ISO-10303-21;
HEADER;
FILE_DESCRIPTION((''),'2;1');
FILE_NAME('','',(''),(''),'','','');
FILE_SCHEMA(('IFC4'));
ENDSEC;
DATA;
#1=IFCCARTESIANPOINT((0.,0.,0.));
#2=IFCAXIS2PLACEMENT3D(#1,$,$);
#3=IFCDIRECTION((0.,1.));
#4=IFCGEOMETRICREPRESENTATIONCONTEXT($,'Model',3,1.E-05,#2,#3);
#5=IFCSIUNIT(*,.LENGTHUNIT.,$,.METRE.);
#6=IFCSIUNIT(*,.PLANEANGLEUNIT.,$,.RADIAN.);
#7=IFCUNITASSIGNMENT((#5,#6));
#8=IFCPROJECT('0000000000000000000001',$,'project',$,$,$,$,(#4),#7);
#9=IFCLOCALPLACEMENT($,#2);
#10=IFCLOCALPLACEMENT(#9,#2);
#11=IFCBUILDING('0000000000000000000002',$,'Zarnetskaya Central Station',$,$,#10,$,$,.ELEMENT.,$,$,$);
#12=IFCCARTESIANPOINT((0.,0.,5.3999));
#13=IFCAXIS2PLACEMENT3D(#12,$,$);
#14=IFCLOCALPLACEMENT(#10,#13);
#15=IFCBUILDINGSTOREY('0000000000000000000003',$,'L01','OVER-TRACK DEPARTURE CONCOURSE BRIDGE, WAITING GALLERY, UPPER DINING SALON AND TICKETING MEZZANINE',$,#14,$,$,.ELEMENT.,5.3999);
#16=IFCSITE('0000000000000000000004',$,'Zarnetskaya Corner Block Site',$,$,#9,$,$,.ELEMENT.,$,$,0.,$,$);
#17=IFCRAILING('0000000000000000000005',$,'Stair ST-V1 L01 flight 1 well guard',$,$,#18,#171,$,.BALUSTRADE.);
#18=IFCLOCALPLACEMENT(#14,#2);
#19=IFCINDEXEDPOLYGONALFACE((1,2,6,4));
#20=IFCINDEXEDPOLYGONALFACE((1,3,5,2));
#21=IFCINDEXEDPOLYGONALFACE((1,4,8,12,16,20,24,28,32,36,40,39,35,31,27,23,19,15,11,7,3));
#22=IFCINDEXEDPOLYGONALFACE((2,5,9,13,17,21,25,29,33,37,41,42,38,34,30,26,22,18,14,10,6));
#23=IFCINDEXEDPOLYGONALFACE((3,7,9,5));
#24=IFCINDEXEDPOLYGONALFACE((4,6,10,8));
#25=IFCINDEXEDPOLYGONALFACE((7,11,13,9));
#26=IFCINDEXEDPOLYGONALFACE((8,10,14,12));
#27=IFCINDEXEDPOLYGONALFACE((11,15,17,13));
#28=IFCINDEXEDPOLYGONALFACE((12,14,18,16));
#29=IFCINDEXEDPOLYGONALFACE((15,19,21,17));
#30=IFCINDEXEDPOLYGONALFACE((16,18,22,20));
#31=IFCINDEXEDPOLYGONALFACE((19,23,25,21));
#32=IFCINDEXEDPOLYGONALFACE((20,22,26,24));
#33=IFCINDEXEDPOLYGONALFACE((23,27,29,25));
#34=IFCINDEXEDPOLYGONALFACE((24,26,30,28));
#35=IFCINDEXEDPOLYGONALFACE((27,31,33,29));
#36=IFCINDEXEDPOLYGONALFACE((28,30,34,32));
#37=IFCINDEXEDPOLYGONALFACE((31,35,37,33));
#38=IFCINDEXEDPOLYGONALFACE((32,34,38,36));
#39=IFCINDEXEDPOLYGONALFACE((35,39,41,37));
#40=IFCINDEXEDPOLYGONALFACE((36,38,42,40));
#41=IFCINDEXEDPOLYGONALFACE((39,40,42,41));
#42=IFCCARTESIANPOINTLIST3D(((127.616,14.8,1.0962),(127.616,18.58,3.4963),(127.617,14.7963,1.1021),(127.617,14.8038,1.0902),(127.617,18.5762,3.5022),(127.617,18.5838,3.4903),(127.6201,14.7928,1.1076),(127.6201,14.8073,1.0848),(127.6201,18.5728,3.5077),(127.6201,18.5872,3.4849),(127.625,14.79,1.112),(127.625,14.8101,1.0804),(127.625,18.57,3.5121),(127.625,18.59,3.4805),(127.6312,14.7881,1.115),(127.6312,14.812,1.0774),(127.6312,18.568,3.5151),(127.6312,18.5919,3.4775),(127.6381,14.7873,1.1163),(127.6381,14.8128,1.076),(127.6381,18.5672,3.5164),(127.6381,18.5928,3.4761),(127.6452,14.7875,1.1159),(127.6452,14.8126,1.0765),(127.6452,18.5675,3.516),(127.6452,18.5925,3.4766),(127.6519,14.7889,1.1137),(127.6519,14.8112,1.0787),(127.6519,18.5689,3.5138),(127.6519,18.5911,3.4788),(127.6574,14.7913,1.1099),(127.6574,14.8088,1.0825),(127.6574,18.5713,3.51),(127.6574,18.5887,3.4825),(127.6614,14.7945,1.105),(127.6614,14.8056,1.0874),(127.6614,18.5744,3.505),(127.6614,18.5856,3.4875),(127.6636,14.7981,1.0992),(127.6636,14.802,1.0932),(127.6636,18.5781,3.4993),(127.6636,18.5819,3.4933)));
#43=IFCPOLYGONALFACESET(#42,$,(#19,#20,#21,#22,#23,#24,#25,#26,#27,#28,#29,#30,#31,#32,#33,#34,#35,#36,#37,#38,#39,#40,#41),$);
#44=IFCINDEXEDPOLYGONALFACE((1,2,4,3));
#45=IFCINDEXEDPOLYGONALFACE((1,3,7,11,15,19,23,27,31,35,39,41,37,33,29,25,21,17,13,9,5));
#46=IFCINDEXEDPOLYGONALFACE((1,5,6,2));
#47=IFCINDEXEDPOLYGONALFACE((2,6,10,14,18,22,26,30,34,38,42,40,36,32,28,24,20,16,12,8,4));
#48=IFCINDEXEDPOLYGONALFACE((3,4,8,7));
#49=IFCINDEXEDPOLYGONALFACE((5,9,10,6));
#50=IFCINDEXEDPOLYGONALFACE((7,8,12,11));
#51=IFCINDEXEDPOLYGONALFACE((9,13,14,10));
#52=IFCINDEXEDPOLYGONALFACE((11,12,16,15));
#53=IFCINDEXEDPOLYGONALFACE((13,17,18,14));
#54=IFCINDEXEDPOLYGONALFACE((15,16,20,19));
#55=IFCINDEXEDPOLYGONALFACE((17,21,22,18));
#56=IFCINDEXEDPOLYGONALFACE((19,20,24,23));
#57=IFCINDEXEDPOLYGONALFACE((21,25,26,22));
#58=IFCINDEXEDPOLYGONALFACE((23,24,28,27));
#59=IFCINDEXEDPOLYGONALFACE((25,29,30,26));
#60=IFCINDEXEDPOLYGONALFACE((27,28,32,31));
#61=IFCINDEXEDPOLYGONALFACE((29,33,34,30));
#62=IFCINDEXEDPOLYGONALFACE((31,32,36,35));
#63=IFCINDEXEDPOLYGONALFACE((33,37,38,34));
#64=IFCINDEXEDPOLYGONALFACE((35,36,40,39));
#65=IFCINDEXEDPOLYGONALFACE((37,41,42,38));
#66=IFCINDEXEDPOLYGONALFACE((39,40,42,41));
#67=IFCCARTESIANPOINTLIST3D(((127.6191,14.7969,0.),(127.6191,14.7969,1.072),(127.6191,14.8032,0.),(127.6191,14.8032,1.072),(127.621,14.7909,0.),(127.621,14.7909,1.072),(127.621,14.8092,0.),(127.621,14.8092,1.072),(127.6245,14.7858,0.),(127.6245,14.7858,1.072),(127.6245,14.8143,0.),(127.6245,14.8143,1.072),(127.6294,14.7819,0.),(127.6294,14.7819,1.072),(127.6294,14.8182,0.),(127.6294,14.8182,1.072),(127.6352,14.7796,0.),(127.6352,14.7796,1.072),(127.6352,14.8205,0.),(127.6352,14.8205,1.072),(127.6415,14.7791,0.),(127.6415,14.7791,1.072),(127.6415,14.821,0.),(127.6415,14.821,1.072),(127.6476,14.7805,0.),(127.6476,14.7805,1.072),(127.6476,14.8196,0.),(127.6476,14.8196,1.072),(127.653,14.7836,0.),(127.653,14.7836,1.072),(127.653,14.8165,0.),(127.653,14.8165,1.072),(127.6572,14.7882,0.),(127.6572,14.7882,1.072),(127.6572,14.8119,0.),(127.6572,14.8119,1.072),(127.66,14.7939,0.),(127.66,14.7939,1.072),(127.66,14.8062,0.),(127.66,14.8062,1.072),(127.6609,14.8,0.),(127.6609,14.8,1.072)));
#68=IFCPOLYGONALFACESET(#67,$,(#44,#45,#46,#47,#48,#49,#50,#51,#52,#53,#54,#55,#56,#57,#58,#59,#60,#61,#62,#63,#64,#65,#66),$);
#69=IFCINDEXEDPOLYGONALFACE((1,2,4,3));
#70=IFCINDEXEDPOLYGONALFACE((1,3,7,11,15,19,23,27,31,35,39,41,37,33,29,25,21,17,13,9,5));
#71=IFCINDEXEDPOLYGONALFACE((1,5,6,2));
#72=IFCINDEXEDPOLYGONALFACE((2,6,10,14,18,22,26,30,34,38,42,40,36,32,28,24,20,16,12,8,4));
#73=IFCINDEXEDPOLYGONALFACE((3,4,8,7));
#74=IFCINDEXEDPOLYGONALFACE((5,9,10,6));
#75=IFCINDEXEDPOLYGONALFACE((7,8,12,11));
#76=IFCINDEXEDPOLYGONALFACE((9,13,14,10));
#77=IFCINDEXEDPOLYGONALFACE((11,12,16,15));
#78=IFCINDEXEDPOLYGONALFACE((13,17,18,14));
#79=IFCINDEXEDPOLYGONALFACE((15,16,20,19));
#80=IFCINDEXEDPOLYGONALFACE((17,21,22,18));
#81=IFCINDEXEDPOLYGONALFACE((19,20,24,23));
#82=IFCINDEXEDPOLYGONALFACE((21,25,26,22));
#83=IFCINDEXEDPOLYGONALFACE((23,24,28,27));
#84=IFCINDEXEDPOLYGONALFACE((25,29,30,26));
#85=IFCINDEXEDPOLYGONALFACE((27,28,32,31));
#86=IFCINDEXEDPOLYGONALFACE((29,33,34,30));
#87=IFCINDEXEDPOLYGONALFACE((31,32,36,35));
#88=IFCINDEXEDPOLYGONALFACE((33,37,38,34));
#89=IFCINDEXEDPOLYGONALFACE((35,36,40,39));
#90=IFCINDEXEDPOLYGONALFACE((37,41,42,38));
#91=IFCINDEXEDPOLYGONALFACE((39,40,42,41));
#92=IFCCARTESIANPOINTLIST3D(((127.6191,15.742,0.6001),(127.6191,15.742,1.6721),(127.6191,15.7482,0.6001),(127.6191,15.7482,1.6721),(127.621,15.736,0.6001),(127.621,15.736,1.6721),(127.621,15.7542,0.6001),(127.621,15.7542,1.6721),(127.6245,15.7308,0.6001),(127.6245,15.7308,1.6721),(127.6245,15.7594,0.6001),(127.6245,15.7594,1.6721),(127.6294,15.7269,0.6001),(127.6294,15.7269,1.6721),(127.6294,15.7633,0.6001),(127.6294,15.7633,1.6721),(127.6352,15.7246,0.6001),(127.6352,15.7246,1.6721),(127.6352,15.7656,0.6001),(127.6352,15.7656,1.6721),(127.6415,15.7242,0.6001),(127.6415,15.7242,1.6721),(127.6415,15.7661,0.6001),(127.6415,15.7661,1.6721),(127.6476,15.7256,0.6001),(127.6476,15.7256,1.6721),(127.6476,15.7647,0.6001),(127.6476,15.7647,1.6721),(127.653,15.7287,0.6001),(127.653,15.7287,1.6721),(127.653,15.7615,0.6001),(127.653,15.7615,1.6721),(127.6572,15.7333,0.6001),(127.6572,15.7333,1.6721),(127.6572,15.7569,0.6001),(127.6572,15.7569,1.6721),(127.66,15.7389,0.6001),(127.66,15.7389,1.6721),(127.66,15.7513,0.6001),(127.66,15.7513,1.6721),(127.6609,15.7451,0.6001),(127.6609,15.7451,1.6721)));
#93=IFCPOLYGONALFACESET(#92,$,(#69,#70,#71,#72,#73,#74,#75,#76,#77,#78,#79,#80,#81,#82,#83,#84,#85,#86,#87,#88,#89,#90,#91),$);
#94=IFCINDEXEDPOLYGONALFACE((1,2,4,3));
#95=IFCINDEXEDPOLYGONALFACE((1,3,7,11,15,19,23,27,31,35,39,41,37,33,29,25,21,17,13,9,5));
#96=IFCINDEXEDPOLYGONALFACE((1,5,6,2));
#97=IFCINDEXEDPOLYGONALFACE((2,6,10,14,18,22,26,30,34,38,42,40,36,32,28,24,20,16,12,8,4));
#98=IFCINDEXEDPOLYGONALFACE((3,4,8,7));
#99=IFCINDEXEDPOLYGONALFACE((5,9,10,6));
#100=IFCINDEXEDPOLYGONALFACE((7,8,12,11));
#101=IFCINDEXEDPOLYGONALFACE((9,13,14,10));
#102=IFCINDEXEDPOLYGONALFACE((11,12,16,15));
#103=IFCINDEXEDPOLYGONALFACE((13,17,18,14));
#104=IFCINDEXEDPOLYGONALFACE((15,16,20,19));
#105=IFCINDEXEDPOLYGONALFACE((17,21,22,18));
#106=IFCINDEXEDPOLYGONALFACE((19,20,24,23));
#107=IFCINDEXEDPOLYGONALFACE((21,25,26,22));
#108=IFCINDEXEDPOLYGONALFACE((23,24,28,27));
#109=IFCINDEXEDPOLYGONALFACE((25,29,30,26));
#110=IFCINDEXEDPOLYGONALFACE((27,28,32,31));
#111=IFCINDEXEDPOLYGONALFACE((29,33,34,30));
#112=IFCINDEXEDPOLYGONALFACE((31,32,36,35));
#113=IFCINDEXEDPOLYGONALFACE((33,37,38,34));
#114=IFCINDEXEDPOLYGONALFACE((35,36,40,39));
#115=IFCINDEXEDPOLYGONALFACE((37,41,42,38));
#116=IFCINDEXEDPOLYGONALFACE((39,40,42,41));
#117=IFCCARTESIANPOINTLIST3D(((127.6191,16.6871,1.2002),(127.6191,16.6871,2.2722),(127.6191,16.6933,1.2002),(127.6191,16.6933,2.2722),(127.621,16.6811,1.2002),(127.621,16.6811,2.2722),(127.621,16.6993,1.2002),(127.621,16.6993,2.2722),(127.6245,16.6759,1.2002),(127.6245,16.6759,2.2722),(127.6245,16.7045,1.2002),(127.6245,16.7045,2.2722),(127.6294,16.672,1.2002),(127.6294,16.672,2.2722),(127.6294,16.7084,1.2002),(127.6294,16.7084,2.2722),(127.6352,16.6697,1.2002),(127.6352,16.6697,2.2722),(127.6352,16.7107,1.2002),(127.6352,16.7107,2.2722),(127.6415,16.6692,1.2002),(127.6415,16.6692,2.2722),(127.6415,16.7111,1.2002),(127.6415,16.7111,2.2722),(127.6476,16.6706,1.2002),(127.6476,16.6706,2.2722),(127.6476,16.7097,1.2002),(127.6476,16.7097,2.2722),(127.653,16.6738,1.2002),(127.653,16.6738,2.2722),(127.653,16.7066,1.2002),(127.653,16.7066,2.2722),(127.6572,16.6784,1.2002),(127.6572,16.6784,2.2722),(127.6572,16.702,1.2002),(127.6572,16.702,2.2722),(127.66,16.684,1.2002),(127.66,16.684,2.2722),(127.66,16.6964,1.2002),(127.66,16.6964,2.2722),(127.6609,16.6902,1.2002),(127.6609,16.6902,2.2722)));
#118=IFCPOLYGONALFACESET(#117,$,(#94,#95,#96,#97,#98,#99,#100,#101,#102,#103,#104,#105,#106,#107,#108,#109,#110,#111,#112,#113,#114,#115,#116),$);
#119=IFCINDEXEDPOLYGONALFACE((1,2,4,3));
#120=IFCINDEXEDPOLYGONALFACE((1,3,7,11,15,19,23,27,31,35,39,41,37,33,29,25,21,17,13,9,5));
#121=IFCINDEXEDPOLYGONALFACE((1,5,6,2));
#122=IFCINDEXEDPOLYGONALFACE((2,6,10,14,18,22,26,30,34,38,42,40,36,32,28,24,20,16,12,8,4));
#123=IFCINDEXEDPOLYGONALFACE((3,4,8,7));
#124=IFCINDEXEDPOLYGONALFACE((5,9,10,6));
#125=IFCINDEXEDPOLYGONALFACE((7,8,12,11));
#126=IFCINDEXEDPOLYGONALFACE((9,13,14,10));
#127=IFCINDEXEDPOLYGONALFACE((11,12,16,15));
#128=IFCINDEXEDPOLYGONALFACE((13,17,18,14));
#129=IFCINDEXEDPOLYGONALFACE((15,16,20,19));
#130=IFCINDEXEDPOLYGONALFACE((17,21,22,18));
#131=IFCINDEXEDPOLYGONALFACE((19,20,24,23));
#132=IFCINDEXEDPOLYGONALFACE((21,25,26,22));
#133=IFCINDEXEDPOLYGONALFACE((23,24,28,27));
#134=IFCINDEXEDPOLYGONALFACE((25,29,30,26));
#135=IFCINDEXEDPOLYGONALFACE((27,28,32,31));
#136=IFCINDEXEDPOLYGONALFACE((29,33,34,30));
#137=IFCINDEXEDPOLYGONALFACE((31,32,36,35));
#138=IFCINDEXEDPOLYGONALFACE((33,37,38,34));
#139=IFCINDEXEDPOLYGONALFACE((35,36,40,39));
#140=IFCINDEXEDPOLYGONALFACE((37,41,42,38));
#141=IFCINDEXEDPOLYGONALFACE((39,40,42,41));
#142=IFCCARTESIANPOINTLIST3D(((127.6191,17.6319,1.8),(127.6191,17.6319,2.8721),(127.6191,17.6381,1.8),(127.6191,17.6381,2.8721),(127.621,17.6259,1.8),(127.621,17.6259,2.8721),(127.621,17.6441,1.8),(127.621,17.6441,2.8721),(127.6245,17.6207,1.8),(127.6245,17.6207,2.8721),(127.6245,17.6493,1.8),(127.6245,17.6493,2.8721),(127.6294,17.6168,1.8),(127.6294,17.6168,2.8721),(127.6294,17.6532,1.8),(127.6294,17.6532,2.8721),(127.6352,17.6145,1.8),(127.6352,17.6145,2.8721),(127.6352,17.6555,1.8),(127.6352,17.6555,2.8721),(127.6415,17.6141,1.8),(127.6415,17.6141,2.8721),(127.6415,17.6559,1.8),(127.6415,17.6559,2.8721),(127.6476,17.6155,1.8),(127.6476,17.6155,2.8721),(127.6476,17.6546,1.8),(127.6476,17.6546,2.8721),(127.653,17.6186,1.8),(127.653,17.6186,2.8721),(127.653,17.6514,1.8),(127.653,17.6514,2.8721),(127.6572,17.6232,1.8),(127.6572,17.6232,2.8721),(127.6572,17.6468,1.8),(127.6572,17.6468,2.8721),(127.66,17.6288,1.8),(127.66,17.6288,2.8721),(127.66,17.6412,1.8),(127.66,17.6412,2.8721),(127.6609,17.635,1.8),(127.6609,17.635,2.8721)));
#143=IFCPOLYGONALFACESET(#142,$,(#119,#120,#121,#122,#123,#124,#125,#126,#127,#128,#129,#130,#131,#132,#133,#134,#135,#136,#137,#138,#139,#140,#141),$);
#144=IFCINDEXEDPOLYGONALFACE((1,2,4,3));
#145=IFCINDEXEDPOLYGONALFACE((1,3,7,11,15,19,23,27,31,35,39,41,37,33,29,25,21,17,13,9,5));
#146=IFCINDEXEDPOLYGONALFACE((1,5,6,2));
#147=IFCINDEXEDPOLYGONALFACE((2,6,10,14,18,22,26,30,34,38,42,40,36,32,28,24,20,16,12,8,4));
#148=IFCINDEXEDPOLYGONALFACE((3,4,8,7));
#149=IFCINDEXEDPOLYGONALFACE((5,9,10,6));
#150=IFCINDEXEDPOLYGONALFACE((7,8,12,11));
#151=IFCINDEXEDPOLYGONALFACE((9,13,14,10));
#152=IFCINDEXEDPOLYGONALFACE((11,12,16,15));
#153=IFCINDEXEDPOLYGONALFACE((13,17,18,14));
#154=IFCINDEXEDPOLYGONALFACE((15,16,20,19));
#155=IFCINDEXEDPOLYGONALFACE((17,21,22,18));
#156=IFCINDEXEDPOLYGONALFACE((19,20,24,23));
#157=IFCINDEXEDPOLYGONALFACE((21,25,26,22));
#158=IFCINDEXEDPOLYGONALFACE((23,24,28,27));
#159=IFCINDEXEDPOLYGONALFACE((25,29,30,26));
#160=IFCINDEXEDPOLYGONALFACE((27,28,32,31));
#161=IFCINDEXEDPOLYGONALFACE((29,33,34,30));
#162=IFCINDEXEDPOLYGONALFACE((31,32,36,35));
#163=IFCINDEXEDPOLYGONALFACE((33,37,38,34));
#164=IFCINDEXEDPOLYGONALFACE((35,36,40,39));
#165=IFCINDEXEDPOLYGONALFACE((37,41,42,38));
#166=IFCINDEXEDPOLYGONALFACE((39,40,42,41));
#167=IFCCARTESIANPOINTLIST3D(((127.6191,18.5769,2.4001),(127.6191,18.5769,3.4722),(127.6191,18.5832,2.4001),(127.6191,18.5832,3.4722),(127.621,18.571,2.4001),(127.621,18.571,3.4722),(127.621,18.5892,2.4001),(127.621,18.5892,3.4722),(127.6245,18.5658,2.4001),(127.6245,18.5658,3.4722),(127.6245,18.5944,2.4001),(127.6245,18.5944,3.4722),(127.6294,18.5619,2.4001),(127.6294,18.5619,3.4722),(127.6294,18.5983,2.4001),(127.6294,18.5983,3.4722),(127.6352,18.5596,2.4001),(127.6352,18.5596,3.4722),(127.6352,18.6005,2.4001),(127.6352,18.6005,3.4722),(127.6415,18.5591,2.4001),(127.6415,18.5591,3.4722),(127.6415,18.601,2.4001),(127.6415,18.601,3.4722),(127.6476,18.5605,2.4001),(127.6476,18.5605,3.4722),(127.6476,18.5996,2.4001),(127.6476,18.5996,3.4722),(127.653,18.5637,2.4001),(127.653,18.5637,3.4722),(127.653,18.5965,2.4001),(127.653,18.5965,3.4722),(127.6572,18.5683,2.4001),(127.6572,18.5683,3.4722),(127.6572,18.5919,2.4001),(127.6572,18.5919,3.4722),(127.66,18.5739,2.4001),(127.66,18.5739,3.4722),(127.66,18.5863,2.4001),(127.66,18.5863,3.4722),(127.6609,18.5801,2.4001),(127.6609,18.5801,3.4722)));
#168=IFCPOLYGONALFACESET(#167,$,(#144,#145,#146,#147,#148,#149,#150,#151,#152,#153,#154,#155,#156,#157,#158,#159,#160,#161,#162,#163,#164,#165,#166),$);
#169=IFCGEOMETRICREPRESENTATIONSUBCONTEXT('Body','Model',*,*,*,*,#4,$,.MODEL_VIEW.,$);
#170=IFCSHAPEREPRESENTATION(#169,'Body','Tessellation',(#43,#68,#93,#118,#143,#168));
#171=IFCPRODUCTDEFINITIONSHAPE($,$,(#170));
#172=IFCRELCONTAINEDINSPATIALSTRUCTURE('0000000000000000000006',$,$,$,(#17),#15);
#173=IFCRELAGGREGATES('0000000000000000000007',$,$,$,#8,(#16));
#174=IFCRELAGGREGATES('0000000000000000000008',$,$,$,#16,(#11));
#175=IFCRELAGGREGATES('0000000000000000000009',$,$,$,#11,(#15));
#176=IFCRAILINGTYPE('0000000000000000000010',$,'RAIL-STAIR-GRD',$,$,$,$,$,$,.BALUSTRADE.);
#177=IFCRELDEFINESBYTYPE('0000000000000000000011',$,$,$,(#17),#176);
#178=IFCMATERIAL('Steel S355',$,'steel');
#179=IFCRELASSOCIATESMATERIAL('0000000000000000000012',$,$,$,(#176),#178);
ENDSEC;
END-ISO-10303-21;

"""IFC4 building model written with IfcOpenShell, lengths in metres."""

from ifc_helpers import new_model, si_unit, direction, frame, origin, origin_2d, place, context, subcontext, project, spatial, circle, extrude, material, type_object, element, save


model = new_model("IFC4")

# Units and contexts
model_context = context("Model", 3, precision=1e-05, world=origin(), true_north=direction((0.0, 1.0)))
body_context = subcontext(model_context, "Body", "Model", "MODEL_VIEW")
ifc_project = project(units=[si_unit("LENGTHUNIT", "METRE"), si_unit("PLANEANGLEUNIT", "RADIAN")], contexts=[model_context])

# Site, building, storey
site_placement = place(None, origin())
site = spatial("IfcSite", under=ifc_project, at=site_placement, Name="Zarnetskaya Corner Block Site", CompositionType="ELEMENT", RefElevation=0.0)
building_placement = place(site_placement, origin())
building = spatial("IfcBuilding", under=site, at=building_placement, Name="Zarnetskaya Central Station", CompositionType="ELEMENT")
storey_placement = place(building_placement, frame((0.0, 0.0, 5.3999)))
storey = spatial("IfcBuildingStorey", under=building, at=storey_placement, Name="L01", Description="OVER-TRACK DEPARTURE CONCOURSE BRIDGE, WAITING GALLERY, UPPER DINING SALON AND TICKETING MEZZANINE", CompositionType="ELEMENT", Elevation=5.3999)

# Railing
ifc_material_1 = material(Name="Steel S355", Category="steel")
railing_type_1 = type_object("IfcRailingType", Name="RAIL-STAIR-GRD", PredefinedType="BALUSTRADE", material=ifc_material_1)
railing_1_placement = place(storey_placement, frame((127.6399, 14.8, 0.0)))
element("IfcRailing", 1, at=railing_1_placement, inside=storey, type_object=railing_type_1, Name="Stair ST-V1 L01 flight 1 well guard", PredefinedType="BALUSTRADE", context=body_context, shape_type="SweptSolid", body=[
    extrude(circle(Radius=0.0239, at=origin_2d()), frame((0.0, 0.0, 1.0962), z_axis=(0.0, 0.8442, 0.536028), x_axis=(-1.0, 0.0, 0.0)), (0.0, 0.0, 1.0), 4.4775),
    extrude(circle(Radius=0.021, at=origin_2d()), origin(), (0.0, 0.0, 1.0), 1.072),
    extrude(circle(Radius=0.021, at=origin_2d()), frame((0.0, 0.9451, 0.6001)), (0.0, 0.0, 1.0), 1.072),
    extrude(circle(Radius=0.021, at=origin_2d()), frame((0.0, 1.8901, 1.2002)), (0.0, 0.0, 1.0), 1.072),
    extrude(circle(Radius=0.021, at=origin_2d()), frame((0.0, 2.835, 1.8)), (0.0, 0.0, 1.0), 1.072),
    extrude(circle(Radius=0.021, at=origin_2d()), frame((0.0, 3.78, 2.4001)), (0.0, 0.0, 1.0), 1.072),
])

save(model, "model.ifc")
